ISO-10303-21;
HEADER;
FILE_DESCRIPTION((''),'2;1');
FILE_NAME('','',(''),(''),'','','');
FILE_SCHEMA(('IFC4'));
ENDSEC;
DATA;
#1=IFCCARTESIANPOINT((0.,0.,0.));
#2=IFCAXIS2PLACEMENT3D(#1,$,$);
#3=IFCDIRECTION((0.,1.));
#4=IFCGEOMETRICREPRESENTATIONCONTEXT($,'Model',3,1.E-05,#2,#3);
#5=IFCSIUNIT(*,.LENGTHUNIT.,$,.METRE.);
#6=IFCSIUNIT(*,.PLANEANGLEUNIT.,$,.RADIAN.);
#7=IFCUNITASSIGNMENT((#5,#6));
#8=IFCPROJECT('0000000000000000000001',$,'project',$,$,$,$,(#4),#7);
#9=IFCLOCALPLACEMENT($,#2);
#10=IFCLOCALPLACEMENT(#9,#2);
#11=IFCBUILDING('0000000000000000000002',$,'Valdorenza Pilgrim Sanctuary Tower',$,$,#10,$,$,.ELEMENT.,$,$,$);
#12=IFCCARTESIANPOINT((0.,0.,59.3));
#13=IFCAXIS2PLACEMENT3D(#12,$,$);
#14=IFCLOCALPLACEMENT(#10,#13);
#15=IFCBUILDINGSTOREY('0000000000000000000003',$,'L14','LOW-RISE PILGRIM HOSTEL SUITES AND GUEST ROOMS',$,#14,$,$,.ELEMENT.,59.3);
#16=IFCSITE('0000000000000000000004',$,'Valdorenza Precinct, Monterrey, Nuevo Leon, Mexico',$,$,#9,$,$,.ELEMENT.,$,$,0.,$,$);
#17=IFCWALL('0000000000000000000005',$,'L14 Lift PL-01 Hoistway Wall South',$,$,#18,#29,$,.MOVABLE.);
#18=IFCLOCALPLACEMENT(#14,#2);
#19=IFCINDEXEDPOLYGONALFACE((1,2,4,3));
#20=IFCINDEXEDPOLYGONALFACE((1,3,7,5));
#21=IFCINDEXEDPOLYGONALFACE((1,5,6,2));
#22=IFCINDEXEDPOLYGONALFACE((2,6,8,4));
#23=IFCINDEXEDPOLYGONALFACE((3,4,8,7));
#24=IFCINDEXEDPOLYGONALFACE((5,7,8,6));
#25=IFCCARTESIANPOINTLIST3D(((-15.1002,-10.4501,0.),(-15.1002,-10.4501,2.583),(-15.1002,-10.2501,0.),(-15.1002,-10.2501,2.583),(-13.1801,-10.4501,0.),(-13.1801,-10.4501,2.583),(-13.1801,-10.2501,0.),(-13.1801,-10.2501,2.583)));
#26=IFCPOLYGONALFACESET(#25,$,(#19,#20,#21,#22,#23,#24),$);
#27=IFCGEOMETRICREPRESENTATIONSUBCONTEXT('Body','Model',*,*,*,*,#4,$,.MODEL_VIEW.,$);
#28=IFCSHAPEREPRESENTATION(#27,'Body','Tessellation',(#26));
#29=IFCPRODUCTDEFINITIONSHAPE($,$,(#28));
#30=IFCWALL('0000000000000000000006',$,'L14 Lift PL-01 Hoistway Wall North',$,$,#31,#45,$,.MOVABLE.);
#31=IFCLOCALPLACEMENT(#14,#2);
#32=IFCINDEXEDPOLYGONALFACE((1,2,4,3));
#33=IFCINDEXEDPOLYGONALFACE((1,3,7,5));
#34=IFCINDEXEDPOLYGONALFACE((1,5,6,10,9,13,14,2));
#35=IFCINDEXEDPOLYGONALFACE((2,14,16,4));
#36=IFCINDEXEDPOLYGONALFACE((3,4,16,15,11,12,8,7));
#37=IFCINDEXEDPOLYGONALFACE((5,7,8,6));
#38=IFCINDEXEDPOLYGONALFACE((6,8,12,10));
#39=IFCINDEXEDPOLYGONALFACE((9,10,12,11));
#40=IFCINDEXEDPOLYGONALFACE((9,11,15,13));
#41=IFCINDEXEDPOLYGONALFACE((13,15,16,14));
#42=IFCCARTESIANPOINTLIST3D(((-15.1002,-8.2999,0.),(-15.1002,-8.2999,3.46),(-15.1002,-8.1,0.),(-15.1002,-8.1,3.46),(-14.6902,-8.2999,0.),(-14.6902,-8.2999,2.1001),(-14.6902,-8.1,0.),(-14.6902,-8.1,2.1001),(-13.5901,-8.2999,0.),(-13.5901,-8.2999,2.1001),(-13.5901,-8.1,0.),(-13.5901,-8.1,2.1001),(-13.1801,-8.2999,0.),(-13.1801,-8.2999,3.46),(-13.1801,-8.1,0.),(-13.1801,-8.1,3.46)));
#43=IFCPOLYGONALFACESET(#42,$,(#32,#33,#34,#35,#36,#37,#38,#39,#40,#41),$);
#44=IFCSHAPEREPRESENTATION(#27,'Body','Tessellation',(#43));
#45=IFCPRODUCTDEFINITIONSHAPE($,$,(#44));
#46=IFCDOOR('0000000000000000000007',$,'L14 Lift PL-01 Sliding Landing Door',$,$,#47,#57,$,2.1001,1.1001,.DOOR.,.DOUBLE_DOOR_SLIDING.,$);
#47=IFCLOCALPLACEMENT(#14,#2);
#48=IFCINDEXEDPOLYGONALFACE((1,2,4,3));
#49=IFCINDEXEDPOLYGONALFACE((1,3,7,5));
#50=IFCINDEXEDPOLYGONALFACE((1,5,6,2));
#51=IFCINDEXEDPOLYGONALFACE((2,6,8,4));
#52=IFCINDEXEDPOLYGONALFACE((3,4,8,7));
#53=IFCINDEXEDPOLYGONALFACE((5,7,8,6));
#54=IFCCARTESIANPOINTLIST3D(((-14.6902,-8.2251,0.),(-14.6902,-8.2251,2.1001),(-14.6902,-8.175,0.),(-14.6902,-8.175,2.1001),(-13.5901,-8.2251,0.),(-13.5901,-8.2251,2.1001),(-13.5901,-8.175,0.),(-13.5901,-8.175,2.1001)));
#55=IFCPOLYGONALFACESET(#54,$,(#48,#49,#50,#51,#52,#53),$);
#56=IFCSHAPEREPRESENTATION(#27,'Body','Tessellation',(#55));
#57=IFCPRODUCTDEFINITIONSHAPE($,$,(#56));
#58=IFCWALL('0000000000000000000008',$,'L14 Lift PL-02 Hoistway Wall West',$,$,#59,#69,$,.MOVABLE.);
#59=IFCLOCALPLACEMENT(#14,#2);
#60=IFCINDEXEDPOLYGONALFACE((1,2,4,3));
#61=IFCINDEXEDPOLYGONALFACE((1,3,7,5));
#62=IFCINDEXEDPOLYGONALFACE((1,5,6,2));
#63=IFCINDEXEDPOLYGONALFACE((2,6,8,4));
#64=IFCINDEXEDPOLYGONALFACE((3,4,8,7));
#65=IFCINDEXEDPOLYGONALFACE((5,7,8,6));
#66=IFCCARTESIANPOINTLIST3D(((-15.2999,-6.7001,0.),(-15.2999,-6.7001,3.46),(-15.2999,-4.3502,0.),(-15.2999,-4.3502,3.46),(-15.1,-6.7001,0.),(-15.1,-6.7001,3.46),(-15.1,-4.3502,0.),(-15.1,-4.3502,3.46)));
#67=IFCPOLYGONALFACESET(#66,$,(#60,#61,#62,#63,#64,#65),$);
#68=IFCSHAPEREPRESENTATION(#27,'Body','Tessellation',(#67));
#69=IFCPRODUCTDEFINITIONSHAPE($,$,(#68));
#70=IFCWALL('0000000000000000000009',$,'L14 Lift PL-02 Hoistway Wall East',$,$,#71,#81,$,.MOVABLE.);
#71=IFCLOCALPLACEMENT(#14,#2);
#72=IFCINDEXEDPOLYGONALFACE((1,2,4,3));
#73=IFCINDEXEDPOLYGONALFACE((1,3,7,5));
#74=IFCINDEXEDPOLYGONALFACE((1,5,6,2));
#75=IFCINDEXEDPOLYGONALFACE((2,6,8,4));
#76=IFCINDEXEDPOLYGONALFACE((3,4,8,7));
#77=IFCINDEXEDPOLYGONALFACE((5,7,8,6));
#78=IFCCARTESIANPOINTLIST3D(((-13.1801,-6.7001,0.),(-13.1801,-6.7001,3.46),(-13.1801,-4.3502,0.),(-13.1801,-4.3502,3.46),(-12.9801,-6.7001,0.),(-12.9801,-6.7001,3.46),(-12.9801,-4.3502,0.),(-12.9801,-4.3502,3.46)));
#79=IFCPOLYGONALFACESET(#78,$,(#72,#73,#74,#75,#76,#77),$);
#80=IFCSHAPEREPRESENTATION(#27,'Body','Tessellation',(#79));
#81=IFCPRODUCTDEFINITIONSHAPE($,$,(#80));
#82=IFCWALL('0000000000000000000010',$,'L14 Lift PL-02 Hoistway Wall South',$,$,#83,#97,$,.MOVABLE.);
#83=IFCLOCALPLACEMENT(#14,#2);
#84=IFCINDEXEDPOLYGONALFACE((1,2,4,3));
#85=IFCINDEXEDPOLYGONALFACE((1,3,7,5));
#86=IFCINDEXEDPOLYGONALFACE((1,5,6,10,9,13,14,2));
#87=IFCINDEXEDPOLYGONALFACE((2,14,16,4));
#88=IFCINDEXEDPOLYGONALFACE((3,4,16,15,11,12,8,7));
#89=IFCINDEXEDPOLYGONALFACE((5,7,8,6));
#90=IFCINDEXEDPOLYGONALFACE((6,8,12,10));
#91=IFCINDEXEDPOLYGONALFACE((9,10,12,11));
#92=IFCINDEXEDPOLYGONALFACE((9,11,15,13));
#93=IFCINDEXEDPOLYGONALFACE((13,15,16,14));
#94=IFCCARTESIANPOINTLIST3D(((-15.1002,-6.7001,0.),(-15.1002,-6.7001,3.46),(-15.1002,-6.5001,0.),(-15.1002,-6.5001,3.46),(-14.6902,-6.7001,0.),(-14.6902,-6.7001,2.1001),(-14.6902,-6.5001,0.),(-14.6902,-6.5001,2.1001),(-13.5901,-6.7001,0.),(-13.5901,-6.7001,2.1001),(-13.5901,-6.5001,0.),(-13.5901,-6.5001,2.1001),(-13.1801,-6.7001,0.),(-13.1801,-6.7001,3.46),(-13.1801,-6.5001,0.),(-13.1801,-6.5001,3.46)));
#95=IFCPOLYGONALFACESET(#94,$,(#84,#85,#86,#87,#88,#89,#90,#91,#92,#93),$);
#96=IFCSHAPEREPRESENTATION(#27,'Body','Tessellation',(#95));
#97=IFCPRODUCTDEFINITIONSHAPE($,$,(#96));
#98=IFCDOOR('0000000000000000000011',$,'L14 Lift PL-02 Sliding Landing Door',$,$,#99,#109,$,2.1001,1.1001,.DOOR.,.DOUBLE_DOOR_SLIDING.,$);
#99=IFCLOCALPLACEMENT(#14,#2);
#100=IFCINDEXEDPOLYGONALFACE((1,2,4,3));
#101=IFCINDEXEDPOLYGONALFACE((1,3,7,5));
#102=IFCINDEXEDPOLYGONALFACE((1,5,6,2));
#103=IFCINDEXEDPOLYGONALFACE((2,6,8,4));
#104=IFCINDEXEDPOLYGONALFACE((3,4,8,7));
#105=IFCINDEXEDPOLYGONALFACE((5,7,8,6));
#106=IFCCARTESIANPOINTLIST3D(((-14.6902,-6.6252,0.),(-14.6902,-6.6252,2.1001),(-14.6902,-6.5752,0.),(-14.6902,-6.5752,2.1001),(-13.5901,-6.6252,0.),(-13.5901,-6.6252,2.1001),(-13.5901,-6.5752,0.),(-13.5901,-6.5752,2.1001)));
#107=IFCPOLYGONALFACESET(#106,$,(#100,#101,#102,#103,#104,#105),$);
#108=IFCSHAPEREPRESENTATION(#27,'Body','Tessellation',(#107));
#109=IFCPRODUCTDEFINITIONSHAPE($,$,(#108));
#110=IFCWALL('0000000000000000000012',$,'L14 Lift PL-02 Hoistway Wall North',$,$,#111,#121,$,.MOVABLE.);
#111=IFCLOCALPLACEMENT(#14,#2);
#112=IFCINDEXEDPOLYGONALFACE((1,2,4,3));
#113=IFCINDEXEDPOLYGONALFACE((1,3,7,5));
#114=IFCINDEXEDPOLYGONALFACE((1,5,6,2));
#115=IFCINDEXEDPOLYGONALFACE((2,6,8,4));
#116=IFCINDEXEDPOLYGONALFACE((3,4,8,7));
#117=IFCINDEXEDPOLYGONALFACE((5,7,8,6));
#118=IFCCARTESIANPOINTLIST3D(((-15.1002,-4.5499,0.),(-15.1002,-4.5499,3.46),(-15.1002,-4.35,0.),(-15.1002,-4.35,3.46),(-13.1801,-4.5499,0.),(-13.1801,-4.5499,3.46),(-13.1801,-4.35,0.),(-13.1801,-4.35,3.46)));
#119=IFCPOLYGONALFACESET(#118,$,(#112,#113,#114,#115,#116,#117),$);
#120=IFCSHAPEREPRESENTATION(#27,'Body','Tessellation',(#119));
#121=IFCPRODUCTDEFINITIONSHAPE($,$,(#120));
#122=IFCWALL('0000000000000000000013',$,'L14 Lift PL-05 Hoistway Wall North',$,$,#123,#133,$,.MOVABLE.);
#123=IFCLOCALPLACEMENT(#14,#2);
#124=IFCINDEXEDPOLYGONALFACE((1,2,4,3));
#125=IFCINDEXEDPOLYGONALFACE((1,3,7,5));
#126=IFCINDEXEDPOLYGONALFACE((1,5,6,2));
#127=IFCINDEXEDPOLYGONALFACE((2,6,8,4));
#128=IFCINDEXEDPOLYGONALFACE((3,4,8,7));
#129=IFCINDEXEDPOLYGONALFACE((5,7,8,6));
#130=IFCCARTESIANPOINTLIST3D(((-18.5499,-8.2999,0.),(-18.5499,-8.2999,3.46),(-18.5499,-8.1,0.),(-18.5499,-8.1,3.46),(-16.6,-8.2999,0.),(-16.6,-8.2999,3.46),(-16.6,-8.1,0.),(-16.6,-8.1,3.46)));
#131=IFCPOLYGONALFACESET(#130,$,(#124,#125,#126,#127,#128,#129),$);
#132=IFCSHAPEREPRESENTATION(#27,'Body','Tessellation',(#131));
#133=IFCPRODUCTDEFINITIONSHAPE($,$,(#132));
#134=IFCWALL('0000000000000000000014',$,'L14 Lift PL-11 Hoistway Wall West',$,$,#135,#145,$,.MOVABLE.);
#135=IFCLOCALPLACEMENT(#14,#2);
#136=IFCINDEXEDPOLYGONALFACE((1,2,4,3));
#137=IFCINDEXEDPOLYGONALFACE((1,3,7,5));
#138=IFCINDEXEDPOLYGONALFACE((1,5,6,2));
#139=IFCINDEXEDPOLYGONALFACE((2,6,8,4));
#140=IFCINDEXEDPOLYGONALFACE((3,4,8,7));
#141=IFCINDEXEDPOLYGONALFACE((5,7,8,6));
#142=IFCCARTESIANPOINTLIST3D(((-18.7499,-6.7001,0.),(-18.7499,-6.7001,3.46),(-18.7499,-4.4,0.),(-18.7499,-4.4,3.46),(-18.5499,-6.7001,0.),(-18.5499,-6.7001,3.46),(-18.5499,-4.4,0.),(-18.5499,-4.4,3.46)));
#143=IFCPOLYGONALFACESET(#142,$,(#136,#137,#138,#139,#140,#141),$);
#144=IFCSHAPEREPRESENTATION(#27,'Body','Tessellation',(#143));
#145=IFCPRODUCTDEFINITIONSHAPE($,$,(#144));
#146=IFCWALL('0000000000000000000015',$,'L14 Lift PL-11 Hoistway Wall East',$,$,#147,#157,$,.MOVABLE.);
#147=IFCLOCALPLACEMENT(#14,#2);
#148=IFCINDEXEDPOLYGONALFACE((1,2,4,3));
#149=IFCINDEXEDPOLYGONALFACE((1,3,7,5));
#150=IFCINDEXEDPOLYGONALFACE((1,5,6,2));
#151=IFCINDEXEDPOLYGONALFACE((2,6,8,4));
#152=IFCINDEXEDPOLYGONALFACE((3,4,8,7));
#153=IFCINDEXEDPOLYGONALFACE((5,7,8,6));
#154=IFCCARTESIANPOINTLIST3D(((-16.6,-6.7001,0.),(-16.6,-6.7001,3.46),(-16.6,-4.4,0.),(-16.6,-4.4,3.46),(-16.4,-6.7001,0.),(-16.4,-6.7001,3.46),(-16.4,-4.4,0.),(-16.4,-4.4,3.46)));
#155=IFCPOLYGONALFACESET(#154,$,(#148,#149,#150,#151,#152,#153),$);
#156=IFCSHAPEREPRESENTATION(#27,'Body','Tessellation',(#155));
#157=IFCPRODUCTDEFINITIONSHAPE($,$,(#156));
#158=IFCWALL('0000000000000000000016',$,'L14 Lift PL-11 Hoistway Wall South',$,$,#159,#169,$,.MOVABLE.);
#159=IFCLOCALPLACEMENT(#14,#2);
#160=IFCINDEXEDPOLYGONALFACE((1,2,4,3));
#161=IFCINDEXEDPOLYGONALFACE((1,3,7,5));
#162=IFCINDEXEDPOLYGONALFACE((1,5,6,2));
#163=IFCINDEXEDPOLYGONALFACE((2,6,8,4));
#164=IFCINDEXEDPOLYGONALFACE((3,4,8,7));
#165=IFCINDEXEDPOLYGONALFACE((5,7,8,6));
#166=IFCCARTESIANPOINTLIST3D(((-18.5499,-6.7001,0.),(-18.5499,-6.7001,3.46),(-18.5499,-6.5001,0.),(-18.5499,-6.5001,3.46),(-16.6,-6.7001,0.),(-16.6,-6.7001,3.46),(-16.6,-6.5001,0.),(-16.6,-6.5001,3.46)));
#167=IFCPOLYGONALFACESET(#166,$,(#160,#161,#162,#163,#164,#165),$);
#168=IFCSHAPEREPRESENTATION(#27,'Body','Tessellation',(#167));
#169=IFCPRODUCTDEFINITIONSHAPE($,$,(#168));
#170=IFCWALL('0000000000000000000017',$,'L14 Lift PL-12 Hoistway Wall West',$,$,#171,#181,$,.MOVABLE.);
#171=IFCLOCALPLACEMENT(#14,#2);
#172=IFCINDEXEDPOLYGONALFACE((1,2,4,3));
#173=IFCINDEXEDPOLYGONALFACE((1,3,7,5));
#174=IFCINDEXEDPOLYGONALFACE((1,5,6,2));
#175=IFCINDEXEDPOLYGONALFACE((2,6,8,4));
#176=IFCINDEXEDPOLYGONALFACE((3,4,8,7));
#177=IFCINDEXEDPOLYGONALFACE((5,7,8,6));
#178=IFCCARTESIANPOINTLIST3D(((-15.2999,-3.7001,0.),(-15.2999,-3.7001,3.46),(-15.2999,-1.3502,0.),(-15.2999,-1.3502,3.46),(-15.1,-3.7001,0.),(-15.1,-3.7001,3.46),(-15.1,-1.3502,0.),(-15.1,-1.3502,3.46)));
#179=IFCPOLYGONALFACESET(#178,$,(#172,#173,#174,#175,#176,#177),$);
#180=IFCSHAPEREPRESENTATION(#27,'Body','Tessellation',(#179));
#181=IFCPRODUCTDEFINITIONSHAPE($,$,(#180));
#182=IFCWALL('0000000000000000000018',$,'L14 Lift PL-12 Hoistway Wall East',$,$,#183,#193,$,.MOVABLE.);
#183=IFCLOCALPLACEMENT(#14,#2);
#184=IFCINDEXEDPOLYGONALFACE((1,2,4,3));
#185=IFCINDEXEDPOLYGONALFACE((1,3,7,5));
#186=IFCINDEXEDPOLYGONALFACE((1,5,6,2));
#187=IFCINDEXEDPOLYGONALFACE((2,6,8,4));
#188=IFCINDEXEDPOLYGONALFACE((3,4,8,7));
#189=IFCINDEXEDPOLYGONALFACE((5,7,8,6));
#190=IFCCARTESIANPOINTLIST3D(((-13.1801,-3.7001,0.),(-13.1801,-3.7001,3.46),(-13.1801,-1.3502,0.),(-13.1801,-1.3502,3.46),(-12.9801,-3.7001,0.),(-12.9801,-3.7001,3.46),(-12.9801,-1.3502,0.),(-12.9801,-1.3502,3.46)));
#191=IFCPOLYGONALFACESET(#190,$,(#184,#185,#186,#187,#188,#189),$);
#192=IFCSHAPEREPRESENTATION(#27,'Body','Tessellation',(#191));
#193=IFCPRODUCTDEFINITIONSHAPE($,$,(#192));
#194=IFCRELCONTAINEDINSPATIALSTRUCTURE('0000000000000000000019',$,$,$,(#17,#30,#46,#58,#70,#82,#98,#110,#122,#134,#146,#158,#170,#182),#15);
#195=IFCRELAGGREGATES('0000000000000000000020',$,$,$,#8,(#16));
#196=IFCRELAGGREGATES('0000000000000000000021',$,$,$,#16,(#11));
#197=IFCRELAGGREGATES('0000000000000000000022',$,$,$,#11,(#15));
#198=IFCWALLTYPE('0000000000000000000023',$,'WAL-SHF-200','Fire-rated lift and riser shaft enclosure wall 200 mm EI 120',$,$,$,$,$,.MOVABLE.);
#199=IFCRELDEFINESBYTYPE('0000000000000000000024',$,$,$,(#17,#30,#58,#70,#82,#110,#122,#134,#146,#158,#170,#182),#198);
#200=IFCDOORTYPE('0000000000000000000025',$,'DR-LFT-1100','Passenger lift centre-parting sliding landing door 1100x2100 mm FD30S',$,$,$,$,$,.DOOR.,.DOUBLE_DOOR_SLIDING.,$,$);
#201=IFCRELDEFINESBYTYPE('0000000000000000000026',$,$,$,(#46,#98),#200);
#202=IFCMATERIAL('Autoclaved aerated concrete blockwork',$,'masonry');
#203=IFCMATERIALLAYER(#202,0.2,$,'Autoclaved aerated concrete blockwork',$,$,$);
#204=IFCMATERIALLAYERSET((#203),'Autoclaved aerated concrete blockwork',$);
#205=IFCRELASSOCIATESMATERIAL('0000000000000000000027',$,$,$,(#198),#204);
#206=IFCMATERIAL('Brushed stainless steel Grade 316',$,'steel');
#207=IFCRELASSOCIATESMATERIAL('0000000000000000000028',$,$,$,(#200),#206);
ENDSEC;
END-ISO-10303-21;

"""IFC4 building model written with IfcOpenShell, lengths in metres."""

from ifc_helpers import new_model, si_unit, direction, frame, frame_2d, origin, place, context, subcontext, project, spatial, rectangle, extrude, material, layer, layer_set, type_object, element, fill, save


model = new_model("IFC4")

# Units and contexts
model_context = context("Model", 3, precision=1e-05, world=origin(), true_north=direction((0.0, 1.0)))
body_context = subcontext(model_context, "Body", "Model", "MODEL_VIEW")
ifc_project = project(units=[si_unit("LENGTHUNIT", "METRE"), si_unit("PLANEANGLEUNIT", "RADIAN")], contexts=[model_context])

# Site, building, storey
site_placement = place(None, origin())
site = spatial("IfcSite", under=ifc_project, at=site_placement, Name="Valdorenza Precinct, Monterrey, Nuevo Leon, Mexico", CompositionType="ELEMENT", RefElevation=0.0)
building_placement = place(site_placement, origin())
building = spatial("IfcBuilding", under=site, at=building_placement, Name="Valdorenza Pilgrim Sanctuary Tower", CompositionType="ELEMENT")
storey_placement = place(building_placement, frame((0.0, 0.0, 59.3)))
storey = spatial("IfcBuildingStorey", under=building, at=storey_placement, Name="L14", Description="LOW-RISE PILGRIM HOSTEL SUITES AND GUEST ROOMS", CompositionType="ELEMENT", Elevation=59.3)

# Wall
ifc_material_1 = material(Name="Autoclaved aerated concrete blockwork", Category="masonry")
ifc_layer_1 = layer(ifc_material_1, 0.2, Name="Autoclaved aerated concrete blockwork")
ifc_layer_set_1 = layer_set([ifc_layer_1], Name="Autoclaved aerated concrete blockwork")
wall_type_1 = type_object("IfcWallType", Name="WAL-SHF-200", Description="Fire-rated lift and riser shaft enclosure wall 200 mm EI 120", PredefinedType="MOVABLE", material=ifc_layer_set_1)
wall_1_placement = place(storey_placement, frame((-15.1001, -10.3501, 0.0), z_axis=(0.0, 0.0, 1.0), x_axis=(1.0, 0.0, 0.0)))
element("IfcWall", 1, at=wall_1_placement, inside=storey, type_object=wall_type_1, Name="L14 Lift PL-01 Hoistway Wall South", PredefinedType="MOVABLE", context=body_context, shape_type="SweptSolid", body=[
    extrude(rectangle(XDim=1.9202, YDim=0.2, at=frame_2d((0.96, 0.0))), origin(), (0.0, 0.0, 1.0), 2.583),
])

# Wall, opening, door
wall_2_placement = place(storey_placement, frame((-15.1001, -8.2, 0.0), z_axis=(0.0, 0.0, 1.0), x_axis=(1.0, 0.0, 0.0)))
wall_2 = element("IfcWall", 2, at=wall_2_placement, inside=storey, type_object=wall_type_1, Name="L14 Lift PL-01 Hoistway Wall North", PredefinedType="MOVABLE", context=body_context, shape_type="SweptSolid", body=[
    extrude(rectangle(XDim=1.9202, YDim=0.2, at=frame_2d((0.96, 0.0))), origin(), (0.0, 0.0, 1.0), 3.46),
])
opening_1_placement = place(wall_2_placement, frame((0.4099, 0.0, 0.0)))
opening_1 = element("IfcOpeningElement", 3, at=opening_1_placement, cuts=wall_2, PredefinedType="OPENING", context=body_context, shape_type="SweptSolid", body=[
    extrude(rectangle(XDim=1.1001, YDim=2.1001, at=frame_2d((0.55, 1.05))), frame((0.0, 0.1147, 0.0), z_axis=(0.0, -1.0, 0.0), x_axis=(1.0, 0.0, 0.0)), (0.0, 0.0, 1.0), 0.2297),
])
ifc_material_2 = material(Name="Brushed stainless steel Grade 316", Category="steel")
door_type_1 = type_object("IfcDoorType", Name="DR-LFT-1100", Description="Passenger lift centre-parting sliding landing door 1100x2100 mm FD30S", OperationType="DOUBLE_DOOR_SLIDING", PredefinedType="DOOR", material=ifc_material_2)
door_1_placement = place(opening_1_placement, origin())
door_1 = element("IfcDoor", 4, at=door_1_placement, inside=storey, type_object=door_type_1, Name="L14 Lift PL-01 Sliding Landing Door", OperationType="DOUBLE_DOOR_SLIDING", OverallHeight=2.1001, OverallWidth=1.1001, PredefinedType="DOOR", context=body_context, shape_type="SweptSolid", body=[
    extrude(rectangle(XDim=1.1001, YDim=2.1001, at=frame_2d((0.55, 1.05))), frame((0.0, 0.0249, 0.0), z_axis=(0.0, -1.0, 0.0), x_axis=(1.0, 0.0, 0.0)), (0.0, 0.0, 1.0), 0.05),
])
fill(opening_1, door_1)

# Walls
for number, where, z_axis, x_axis, name in (
    (5, (-15.2, -6.7, 0.0), (0.0, 0.0, 1.0), (0.0, 1.0, 0.0), "L14 Lift PL-02 Hoistway Wall West"),
    (6, (-13.0801, -6.7, 0.0), (0.0, 0.0, 1.0), (0.0, 1.0, 0.0), "L14 Lift PL-02 Hoistway Wall East"),
):
    element("IfcWall", number, at=place(storey_placement, frame(where, z_axis=z_axis, x_axis=x_axis)), inside=storey, type_object=wall_type_1, Name=name, PredefinedType="MOVABLE", context=body_context, shape_type="SweptSolid", body=[
        extrude(rectangle(XDim=2.3499, YDim=0.2, at=frame_2d((1.1748, 0.0))), origin(), (0.0, 0.0, 1.0), 3.46),
    ])

# Wall, opening, door
wall_3_placement = place(storey_placement, frame((-15.1001, -6.6001, 0.0), z_axis=(0.0, 0.0, 1.0), x_axis=(1.0, 0.0, 0.0)))
wall_3 = element("IfcWall", 7, at=wall_3_placement, inside=storey, type_object=wall_type_1, Name="L14 Lift PL-02 Hoistway Wall South", PredefinedType="MOVABLE", context=body_context, shape_type="SweptSolid", body=[
    extrude(rectangle(XDim=1.9202, YDim=0.2, at=frame_2d((0.96, 0.0))), origin(), (0.0, 0.0, 1.0), 3.46),
])
opening_2_placement = place(wall_3_placement, frame((0.4099, 0.0, 0.0)))
opening_2 = element("IfcOpeningElement", 8, at=opening_2_placement, cuts=wall_3, PredefinedType="OPENING", context=body_context, shape_type="SweptSolid", body=[
    extrude(rectangle(XDim=1.1001, YDim=2.1001, at=frame_2d((0.55, 1.05))), frame((0.0, 0.1147, 0.0), z_axis=(0.0, -1.0, 0.0), x_axis=(1.0, 0.0, 0.0)), (0.0, 0.0, 1.0), 0.2297),
])
door_2_placement = place(opening_2_placement, origin())
door_2 = element("IfcDoor", 9, at=door_2_placement, inside=storey, type_object=door_type_1, Name="L14 Lift PL-02 Sliding Landing Door", OperationType="DOUBLE_DOOR_SLIDING", OverallHeight=2.1001, OverallWidth=1.1001, PredefinedType="DOOR", context=body_context, shape_type="SweptSolid", body=[
    extrude(rectangle(XDim=1.1001, YDim=2.1001, at=frame_2d((0.55, 1.05))), frame((0.0, 0.0249, 0.0), z_axis=(0.0, -1.0, 0.0), x_axis=(1.0, 0.0, 0.0)), (0.0, 0.0, 1.0), 0.05),
])
fill(opening_2, door_2)

# Walls
wall_4_placement = place(storey_placement, frame((-15.1001, -4.45, 0.0), z_axis=(0.0, 0.0, 1.0), x_axis=(1.0, 0.0, 0.0)))
element("IfcWall", 10, at=wall_4_placement, inside=storey, type_object=wall_type_1, Name="L14 Lift PL-02 Hoistway Wall North", PredefinedType="MOVABLE", context=body_context, shape_type="SweptSolid", body=[
    extrude(rectangle(XDim=1.9202, YDim=0.2, at=frame_2d((0.96, 0.0))), origin(), (0.0, 0.0, 1.0), 3.46),
])
wall_5_placement = place(storey_placement, frame((-18.55, -8.2, 0.0), z_axis=(0.0, 0.0, 1.0), x_axis=(1.0, 0.0, 0.0)))
element("IfcWall", 11, at=wall_5_placement, inside=storey, type_object=wall_type_1, Name="L14 Lift PL-05 Hoistway Wall North", PredefinedType="MOVABLE", context=body_context, shape_type="SweptSolid", body=[
    extrude(rectangle(XDim=1.95, YDim=0.2, at=frame_2d((0.9751, 0.0))), origin(), (0.0, 0.0, 1.0), 3.46),
])
for number, where, z_axis, x_axis, name in (
    (12, (-18.6499, -6.7, 0.0), (0.0, 0.0, 1.0), (0.0, 1.0, 0.0), "L14 Lift PL-11 Hoistway Wall West"),
    (13, (-16.5, -6.7, 0.0), (0.0, 0.0, 1.0), (0.0, 1.0, 0.0), "L14 Lift PL-11 Hoistway Wall East"),
):
    element("IfcWall", number, at=place(storey_placement, frame(where, z_axis=z_axis, x_axis=x_axis)), inside=storey, type_object=wall_type_1, Name=name, PredefinedType="MOVABLE", context=body_context, shape_type="SweptSolid", body=[
        extrude(rectangle(XDim=2.3, YDim=0.2, at=frame_2d((1.1499, 0.0))), origin(), (0.0, 0.0, 1.0), 3.46),
    ])
wall_6_placement = place(storey_placement, frame((-18.55, -6.6001, 0.0), z_axis=(0.0, 0.0, 1.0), x_axis=(1.0, 0.0, 0.0)))
element("IfcWall", 14, at=wall_6_placement, inside=storey, type_object=wall_type_1, Name="L14 Lift PL-11 Hoistway Wall South", PredefinedType="MOVABLE", context=body_context, shape_type="SweptSolid", body=[
    extrude(rectangle(XDim=1.95, YDim=0.2, at=frame_2d((0.9751, 0.0))), origin(), (0.0, 0.0, 1.0), 3.46),
])
for number, where, z_axis, x_axis, name in (
    (15, (-15.2, -3.7, 0.0), (0.0, 0.0, 1.0), (0.0, 1.0, 0.0), "L14 Lift PL-12 Hoistway Wall West"),
    (16, (-13.0801, -3.7, 0.0), (0.0, 0.0, 1.0), (0.0, 1.0, 0.0), "L14 Lift PL-12 Hoistway Wall East"),
):
    element("IfcWall", number, at=place(storey_placement, frame(where, z_axis=z_axis, x_axis=x_axis)), inside=storey, type_object=wall_type_1, Name=name, PredefinedType="MOVABLE", context=body_context, shape_type="SweptSolid", body=[
        extrude(rectangle(XDim=2.3499, YDim=0.2, at=frame_2d((1.1748, 0.0))), origin(), (0.0, 0.0, 1.0), 3.46),
    ])

save(model, "model.ifc")
